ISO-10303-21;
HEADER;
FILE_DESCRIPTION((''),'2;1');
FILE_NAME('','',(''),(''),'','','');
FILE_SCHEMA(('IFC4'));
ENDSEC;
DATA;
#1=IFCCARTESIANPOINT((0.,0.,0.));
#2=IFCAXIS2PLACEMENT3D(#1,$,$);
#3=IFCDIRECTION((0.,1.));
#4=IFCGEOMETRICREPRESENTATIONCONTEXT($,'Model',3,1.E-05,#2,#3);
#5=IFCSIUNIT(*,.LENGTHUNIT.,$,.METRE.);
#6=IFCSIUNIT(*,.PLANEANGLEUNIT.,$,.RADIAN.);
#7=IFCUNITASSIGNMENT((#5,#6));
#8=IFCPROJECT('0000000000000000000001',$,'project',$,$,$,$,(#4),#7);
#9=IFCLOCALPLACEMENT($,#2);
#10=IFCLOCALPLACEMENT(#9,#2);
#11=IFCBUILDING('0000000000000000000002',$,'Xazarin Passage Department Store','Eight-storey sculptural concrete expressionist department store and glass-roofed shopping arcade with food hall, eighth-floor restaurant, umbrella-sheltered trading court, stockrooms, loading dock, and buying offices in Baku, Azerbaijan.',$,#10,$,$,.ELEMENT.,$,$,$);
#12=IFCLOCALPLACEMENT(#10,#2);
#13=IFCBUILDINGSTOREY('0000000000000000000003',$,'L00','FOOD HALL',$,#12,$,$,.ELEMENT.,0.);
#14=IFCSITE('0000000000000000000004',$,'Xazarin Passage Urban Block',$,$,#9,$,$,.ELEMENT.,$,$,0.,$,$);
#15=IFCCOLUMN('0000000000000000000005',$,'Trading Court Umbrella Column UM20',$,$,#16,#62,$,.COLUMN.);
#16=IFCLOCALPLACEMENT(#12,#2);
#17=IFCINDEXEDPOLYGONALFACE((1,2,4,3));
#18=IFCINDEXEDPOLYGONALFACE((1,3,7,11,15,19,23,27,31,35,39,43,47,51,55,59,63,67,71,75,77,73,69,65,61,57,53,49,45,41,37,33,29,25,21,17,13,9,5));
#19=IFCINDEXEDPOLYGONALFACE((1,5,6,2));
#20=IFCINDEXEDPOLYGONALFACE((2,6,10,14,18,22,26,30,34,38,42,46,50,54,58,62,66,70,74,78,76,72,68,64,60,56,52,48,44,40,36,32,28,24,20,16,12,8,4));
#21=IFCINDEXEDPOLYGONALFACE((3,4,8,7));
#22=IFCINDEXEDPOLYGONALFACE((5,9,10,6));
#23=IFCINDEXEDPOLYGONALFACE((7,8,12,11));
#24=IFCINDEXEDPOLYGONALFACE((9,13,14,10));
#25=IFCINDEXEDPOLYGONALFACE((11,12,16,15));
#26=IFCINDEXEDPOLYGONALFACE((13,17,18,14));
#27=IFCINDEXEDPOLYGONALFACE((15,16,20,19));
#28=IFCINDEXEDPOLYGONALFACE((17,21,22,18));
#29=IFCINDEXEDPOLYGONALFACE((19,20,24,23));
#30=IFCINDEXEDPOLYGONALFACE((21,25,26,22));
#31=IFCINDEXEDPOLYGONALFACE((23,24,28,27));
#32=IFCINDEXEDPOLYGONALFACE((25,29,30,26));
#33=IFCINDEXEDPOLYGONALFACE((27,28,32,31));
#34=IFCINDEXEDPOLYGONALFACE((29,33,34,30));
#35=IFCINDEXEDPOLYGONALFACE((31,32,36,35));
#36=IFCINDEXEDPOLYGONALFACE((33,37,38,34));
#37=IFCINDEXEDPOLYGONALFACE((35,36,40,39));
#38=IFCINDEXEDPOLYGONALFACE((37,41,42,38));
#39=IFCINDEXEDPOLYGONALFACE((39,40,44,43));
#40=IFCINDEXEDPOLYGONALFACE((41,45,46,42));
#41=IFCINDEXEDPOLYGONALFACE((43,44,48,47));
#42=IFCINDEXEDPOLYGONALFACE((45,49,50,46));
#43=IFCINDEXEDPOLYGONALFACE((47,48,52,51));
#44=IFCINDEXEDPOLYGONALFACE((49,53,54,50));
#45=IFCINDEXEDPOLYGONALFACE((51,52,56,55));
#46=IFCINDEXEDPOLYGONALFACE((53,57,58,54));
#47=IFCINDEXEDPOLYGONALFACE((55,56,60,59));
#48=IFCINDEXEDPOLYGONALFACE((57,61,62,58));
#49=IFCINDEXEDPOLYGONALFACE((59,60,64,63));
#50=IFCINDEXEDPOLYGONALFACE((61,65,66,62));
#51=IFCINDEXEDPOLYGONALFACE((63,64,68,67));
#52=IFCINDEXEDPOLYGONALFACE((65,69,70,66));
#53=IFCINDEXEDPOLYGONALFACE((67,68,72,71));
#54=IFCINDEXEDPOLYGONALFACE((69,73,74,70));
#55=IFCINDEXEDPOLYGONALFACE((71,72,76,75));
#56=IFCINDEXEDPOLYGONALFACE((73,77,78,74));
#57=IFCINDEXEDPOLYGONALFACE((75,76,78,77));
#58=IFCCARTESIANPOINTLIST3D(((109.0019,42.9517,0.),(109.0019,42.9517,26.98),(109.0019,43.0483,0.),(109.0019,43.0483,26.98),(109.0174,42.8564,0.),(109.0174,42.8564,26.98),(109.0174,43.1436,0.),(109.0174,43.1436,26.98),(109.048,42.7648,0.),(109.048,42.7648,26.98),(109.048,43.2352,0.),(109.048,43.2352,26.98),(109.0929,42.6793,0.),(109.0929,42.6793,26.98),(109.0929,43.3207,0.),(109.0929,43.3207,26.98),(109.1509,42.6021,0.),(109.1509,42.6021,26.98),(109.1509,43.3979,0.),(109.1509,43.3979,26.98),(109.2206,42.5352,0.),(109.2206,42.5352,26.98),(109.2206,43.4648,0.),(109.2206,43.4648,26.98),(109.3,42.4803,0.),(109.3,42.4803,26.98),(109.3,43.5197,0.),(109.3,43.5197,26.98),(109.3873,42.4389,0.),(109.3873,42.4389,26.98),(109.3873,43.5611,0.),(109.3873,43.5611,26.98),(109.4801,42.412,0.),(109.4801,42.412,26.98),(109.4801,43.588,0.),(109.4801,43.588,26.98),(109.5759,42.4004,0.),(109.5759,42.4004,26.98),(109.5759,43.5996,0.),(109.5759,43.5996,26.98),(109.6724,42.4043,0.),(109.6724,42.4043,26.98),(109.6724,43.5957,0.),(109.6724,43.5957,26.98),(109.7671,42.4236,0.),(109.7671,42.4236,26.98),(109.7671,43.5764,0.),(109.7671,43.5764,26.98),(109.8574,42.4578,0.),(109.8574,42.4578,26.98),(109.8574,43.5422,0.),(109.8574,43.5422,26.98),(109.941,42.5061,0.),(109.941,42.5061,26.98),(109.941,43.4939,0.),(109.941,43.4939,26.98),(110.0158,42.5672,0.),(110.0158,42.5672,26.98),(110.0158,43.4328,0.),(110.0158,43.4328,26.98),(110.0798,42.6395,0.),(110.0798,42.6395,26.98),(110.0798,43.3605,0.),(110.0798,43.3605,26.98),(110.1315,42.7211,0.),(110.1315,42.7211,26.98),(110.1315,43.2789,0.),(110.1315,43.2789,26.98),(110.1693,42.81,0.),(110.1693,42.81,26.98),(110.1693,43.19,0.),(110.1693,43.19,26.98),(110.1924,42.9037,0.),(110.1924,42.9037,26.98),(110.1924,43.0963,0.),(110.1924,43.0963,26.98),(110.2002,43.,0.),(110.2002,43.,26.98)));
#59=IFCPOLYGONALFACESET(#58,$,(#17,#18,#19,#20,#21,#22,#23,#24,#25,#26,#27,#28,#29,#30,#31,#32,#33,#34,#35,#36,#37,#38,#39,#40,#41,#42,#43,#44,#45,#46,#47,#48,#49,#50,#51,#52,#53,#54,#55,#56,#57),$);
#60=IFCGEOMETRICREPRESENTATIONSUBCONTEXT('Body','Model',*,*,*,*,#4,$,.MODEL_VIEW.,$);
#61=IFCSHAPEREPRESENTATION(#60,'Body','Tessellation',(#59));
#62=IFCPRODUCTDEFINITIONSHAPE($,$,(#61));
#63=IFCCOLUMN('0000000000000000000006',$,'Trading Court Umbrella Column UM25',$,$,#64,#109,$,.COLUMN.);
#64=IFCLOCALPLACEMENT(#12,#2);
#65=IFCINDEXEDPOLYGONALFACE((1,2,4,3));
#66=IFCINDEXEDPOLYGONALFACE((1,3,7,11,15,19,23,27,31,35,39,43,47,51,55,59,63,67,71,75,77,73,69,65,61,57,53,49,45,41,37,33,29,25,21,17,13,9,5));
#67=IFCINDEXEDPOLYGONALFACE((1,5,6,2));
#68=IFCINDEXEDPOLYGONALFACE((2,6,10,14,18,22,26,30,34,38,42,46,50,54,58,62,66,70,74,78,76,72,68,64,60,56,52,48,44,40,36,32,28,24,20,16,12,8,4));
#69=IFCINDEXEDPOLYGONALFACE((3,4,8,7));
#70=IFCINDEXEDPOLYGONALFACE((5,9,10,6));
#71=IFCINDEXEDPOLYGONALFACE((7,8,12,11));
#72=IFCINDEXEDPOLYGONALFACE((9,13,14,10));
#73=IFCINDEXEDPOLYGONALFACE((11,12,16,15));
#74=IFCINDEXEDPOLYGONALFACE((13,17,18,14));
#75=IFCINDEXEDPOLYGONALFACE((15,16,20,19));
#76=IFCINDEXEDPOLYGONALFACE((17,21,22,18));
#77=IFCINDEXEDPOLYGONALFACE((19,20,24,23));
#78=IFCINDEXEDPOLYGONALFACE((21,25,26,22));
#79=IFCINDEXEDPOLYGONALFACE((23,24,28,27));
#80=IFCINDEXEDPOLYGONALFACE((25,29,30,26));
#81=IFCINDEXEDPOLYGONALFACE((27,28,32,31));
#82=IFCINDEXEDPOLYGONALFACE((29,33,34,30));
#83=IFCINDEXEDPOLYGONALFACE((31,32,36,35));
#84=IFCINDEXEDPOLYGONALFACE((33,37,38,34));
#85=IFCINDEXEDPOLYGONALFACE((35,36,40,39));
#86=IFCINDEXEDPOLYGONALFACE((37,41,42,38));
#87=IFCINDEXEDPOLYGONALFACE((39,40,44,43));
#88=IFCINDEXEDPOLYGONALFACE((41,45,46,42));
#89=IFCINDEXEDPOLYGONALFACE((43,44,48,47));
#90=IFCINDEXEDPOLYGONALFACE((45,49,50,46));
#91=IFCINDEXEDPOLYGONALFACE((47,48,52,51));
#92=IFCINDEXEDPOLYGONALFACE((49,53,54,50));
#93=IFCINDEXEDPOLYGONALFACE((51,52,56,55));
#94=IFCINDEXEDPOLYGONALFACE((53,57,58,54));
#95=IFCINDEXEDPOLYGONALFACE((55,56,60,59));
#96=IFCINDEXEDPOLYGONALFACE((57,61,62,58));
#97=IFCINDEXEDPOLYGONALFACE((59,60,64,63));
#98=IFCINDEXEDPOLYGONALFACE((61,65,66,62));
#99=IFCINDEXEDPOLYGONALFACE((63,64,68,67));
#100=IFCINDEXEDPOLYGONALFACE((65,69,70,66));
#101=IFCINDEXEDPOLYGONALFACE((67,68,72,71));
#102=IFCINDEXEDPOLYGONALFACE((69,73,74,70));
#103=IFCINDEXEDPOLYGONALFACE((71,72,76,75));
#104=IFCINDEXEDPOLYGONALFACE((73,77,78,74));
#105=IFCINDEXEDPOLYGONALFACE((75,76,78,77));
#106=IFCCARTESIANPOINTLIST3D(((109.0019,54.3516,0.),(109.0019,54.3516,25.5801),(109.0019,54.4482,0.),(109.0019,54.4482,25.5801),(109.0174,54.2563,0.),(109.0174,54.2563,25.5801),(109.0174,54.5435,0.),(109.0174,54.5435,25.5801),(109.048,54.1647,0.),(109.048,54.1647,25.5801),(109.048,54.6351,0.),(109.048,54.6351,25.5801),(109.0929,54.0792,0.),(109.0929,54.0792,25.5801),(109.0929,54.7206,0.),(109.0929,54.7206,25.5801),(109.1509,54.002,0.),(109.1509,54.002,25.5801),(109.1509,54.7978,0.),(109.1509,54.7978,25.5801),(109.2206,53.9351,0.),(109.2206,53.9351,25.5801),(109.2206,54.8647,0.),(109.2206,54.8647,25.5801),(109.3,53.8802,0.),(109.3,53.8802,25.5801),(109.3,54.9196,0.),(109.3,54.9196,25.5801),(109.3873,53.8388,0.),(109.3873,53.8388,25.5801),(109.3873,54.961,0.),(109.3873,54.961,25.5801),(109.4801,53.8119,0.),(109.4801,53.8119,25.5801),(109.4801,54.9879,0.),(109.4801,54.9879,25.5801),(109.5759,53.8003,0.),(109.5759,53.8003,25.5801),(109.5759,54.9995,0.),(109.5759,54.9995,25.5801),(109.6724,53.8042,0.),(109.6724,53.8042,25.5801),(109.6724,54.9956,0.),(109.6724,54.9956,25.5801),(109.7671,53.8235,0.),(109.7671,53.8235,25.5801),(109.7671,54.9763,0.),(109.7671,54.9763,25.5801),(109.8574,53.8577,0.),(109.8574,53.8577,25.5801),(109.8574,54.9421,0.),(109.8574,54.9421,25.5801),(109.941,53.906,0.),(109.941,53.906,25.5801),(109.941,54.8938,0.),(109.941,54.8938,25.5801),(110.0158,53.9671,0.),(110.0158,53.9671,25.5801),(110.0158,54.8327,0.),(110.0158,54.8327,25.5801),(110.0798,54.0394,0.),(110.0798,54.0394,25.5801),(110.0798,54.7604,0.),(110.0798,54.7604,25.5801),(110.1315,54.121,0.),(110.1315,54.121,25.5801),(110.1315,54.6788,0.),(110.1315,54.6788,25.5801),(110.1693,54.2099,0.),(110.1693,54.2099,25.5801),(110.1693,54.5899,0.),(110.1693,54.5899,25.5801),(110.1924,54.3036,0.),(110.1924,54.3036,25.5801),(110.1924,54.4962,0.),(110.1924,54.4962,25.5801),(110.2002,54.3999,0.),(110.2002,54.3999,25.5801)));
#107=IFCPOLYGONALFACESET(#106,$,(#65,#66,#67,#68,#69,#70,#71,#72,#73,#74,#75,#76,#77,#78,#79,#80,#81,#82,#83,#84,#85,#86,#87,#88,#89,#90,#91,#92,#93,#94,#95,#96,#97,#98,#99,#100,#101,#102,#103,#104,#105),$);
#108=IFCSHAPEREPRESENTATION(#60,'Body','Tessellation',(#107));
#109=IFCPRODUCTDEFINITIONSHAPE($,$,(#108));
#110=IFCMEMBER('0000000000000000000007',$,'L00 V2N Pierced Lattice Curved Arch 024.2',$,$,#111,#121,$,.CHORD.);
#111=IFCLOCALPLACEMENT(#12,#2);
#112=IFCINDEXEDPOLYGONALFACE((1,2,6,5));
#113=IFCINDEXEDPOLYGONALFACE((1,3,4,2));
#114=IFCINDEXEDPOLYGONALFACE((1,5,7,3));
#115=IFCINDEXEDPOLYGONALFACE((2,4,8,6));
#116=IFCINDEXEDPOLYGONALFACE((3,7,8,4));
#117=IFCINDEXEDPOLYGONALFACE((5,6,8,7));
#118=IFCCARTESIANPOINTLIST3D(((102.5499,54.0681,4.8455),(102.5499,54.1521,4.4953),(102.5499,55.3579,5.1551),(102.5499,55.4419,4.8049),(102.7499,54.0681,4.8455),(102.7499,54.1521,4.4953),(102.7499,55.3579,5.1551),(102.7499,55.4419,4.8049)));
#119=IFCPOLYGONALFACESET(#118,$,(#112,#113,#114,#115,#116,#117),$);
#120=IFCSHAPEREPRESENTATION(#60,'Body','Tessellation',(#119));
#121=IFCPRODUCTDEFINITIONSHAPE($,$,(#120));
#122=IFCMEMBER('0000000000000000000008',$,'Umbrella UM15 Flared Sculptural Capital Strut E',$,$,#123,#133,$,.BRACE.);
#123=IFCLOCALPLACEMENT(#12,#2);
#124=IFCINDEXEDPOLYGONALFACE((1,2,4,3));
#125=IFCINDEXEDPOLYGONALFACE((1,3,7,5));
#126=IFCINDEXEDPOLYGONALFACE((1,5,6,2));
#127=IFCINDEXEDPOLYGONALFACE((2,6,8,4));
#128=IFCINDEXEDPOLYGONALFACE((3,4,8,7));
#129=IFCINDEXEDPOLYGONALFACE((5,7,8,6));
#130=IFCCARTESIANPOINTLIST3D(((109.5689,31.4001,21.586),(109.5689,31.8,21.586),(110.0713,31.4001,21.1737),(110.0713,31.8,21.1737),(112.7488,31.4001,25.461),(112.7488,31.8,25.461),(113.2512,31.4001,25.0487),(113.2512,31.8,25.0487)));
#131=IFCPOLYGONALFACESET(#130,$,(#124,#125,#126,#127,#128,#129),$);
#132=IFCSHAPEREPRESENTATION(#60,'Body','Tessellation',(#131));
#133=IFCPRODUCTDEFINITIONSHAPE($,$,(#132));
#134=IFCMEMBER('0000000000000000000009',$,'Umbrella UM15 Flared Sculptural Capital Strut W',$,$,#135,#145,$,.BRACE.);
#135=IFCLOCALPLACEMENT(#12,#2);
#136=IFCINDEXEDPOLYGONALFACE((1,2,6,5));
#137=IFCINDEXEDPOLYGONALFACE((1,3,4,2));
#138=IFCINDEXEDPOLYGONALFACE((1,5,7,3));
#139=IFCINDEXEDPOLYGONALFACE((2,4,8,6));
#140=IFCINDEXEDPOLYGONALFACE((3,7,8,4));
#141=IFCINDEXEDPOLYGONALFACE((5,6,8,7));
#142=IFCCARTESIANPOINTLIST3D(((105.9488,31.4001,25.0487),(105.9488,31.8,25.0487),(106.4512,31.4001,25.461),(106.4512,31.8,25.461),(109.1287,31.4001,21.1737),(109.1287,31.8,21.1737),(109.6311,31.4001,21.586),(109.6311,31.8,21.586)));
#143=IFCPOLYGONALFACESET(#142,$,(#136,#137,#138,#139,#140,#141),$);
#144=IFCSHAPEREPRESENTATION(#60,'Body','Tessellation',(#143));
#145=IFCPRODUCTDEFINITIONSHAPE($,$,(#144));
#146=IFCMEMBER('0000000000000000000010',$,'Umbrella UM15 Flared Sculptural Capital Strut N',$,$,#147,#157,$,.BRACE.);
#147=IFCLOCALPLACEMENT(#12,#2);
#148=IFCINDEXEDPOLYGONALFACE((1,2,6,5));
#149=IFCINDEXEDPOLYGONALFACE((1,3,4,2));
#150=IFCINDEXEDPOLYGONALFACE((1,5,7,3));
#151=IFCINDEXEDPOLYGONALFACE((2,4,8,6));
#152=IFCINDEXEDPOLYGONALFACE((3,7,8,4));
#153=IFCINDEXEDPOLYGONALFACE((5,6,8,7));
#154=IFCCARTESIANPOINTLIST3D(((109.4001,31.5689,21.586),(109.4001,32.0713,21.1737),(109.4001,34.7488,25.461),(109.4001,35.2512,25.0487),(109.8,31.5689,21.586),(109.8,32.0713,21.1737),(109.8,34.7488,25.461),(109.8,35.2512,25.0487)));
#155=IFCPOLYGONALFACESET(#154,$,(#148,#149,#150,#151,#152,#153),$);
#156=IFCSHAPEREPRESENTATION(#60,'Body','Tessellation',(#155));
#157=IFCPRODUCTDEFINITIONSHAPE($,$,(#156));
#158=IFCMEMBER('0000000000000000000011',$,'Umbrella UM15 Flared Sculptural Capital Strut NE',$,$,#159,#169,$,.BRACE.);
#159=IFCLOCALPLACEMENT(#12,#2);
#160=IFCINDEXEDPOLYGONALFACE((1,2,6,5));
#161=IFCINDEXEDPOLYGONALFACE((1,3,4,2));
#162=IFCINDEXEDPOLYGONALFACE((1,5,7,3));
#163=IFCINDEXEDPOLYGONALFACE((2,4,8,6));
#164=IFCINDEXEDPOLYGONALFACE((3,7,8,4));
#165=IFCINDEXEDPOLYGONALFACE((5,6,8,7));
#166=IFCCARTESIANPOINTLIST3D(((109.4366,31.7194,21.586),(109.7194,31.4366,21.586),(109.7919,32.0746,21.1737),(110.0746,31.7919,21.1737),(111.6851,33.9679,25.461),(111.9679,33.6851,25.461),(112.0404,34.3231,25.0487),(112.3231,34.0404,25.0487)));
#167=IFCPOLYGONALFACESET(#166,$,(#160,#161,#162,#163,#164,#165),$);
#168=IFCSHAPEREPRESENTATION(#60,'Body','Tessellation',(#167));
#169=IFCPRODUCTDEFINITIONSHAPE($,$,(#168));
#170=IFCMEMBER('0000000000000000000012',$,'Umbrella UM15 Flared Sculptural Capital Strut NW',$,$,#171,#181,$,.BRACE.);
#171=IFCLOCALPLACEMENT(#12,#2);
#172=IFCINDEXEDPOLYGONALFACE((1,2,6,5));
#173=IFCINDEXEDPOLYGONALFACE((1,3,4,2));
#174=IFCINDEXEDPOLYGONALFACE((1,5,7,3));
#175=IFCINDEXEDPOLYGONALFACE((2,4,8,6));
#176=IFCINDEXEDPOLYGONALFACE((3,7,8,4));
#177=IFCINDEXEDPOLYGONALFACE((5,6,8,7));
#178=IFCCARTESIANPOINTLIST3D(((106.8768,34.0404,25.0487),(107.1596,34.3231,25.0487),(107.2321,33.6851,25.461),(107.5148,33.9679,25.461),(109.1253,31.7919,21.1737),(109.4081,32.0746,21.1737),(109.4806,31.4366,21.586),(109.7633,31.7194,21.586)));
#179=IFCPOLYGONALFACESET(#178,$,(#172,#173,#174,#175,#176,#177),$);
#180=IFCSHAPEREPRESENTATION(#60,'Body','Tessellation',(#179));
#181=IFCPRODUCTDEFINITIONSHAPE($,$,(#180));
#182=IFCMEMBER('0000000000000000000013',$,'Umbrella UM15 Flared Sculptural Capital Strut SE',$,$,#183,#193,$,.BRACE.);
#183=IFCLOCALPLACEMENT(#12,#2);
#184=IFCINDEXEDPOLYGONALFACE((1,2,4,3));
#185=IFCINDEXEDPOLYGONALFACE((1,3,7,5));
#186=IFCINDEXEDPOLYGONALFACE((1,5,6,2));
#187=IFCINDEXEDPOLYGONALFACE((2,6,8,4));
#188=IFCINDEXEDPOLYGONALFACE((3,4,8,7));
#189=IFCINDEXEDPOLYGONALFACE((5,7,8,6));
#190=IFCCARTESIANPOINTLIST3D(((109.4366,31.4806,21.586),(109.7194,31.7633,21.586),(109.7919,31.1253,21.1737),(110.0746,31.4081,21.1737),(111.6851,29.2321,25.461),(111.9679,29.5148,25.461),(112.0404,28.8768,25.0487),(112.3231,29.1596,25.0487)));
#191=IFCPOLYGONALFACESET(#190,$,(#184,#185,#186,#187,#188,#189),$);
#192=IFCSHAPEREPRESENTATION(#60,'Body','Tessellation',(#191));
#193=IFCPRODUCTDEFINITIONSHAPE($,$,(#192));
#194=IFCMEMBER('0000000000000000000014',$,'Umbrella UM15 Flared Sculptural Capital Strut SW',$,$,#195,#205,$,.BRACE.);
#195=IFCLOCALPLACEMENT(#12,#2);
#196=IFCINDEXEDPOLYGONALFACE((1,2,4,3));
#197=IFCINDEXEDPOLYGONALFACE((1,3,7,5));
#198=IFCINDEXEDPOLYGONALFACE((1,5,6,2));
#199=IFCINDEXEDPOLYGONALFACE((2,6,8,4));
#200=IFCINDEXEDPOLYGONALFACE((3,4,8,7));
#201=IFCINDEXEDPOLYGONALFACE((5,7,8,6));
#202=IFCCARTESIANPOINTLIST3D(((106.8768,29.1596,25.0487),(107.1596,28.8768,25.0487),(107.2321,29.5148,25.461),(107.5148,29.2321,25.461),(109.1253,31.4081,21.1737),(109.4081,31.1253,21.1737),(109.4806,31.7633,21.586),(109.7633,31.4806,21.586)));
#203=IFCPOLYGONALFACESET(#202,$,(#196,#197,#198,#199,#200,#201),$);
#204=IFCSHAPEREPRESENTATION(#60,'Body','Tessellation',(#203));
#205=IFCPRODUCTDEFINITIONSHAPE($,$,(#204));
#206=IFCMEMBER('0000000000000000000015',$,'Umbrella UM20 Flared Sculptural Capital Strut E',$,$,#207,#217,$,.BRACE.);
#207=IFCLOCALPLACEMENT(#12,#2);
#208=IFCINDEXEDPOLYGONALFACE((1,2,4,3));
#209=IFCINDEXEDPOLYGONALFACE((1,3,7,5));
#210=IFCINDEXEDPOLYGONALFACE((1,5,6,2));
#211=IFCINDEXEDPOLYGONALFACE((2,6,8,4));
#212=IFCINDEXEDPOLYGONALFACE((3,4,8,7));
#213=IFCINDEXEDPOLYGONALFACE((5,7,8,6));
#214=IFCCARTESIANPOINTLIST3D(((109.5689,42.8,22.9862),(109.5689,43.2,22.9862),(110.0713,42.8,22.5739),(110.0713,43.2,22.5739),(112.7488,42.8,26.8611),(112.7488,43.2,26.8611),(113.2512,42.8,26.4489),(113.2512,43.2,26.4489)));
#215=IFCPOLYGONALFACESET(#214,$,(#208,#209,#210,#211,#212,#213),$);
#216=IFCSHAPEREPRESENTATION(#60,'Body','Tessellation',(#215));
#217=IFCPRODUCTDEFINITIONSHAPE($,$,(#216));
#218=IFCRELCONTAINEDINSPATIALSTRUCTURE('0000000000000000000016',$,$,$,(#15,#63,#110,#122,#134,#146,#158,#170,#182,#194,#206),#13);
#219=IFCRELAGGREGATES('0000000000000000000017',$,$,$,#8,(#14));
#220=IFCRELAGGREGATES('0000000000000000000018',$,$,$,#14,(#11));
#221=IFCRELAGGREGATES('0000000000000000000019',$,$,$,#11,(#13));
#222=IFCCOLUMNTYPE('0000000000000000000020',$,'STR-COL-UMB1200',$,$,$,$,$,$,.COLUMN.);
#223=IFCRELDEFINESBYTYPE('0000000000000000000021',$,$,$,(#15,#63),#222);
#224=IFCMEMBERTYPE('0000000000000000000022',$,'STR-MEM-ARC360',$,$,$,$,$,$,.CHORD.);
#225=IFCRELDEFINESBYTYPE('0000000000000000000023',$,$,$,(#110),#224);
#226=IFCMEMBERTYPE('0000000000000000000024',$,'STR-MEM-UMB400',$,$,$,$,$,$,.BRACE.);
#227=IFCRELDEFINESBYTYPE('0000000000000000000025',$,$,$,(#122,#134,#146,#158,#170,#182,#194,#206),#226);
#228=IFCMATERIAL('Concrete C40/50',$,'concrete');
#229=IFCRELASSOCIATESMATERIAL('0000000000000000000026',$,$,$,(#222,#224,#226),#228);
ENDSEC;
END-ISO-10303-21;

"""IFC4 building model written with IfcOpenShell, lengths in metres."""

from ifc_helpers import new_model, si_unit, direction, frame, origin, origin_2d, place, context, subcontext, project, spatial, rectangle, circle, extrude, material, material_profile, profile_set, type_object, element, save


model = new_model("IFC4")

# Units and contexts
model_context = context("Model", 3, precision=1e-05, world=origin(), true_north=direction((0.0, 1.0)))
body_context = subcontext(model_context, "Body", "Model", "MODEL_VIEW")
ifc_project = project(units=[si_unit("LENGTHUNIT", "METRE"), si_unit("PLANEANGLEUNIT", "RADIAN")], contexts=[model_context])

# Site, building, storey
site_placement = place(None, origin())
site = spatial("IfcSite", under=ifc_project, at=site_placement, Name="Xazarin Passage Urban Block", CompositionType="ELEMENT", RefElevation=0.0)
building_placement = place(site_placement, origin())
building = spatial("IfcBuilding", under=site, at=building_placement, Name="Xazarin Passage Department Store", Description="Eight-storey sculptural concrete expressionist department store and glass-roofed shopping arcade with food hall, eighth-floor restaurant, umbrella-sheltered trading court, stockrooms, loading dock, and buying offices in Baku, Azerbaijan.", CompositionType="ELEMENT")
storey_placement = place(building_placement, origin())
storey = spatial("IfcBuildingStorey", under=building, at=storey_placement, Name="L00", Description="FOOD HALL", CompositionType="ELEMENT", Elevation=0.0)

# Columns
ifc_material_1 = material(Name="Concrete C40/50", Category="concrete")
ifc_material_profile_1 = material_profile(ifc_material_1, circle(Radius=0.6001, at=origin_2d()), Name="RCD 1200")
ifc_profile_set_1 = profile_set([ifc_material_profile_1], Name="Concrete C40/50")
column_type = type_object("IfcColumnType", Name="STR-COL-UMB1200", PredefinedType="COLUMN", material=ifc_profile_set_1)
column_1_placement = place(storey_placement, frame((109.6001, 43.0, 0.0), z_axis=(0.0, 0.0, 1.0), x_axis=(1.0, 0.0, 0.0)))
element("IfcColumn", 1, at=column_1_placement, inside=storey, type_object=column_type, Name="Trading Court Umbrella Column UM20", PredefinedType="COLUMN", context=body_context, shape_type="SweptSolid", body=[
    extrude(circle(Radius=0.6001, at=origin_2d()), origin(), (0.0, 0.0, 1.0), 26.98),
])
column_2_placement = place(storey_placement, frame((109.6001, 54.3999, 0.0), z_axis=(0.0, 0.0, 1.0), x_axis=(1.0, 0.0, 0.0)))
element("IfcColumn", 2, at=column_2_placement, inside=storey, type_object=column_type, Name="Trading Court Umbrella Column UM25", PredefinedType="COLUMN", context=body_context, shape_type="SweptSolid", body=[
    extrude(circle(Radius=0.6001, at=origin_2d()), origin(), (0.0, 0.0, 1.0), 25.5801),
])

# Members
ifc_material_profile_2 = material_profile(ifc_material_1, rectangle(XDim=0.2, YDim=0.3601, at=origin_2d()), Name="RC 200x360")
ifc_profile_set_2 = profile_set([ifc_material_profile_2], Name="Concrete C40/50")
member_type_1 = type_object("IfcMemberType", Name="STR-MEM-ARC360", PredefinedType="CHORD", material=ifc_profile_set_2)
member_placement = place(storey_placement, frame((102.6499, 54.1101, 4.6704), z_axis=(0.0, 0.972384, 0.233387), x_axis=(-1.0, 0.0, 0.0)))
element("IfcMember", 3, at=member_placement, inside=storey, type_object=member_type_1, Name="L00 V2N Pierced Lattice Curved Arch 024.2", PredefinedType="CHORD", context=body_context, shape_type="SweptSolid", body=[
    extrude(rectangle(XDim=0.2, YDim=0.3601, at=origin_2d()), origin(), (0.0, 0.0, 1.0), 1.3264),
])
ifc_material_profile_3 = material_profile(ifc_material_1, rectangle(XDim=0.3999, YDim=0.6499, at=origin_2d()), Name="RC 400x650")
ifc_profile_set_3 = profile_set([ifc_material_profile_3], Name="Concrete C40/50")
member_type_2 = type_object("IfcMemberType", Name="STR-MEM-UMB400", PredefinedType="BRACE", material=ifc_profile_set_3)
for number, where, z_axis, x_axis, name in (
    (4, (109.8201, 31.6001, 21.3799), (0.63437, 0.0, 0.77303), (0.0, 1.0, 0.0), "Umbrella UM15 Flared Sculptural Capital Strut E"),
    (5, (109.3799, 31.6001, 21.3799), (-0.63437, 0.0, 0.77303), (0.0, -1.0, 0.0), "Umbrella UM15 Flared Sculptural Capital Strut W"),
    (6, (109.6001, 31.8201, 21.3799), (0.0, 0.63437, 0.77303), (-1.0, 0.0, 0.0), "Umbrella UM15 Flared Sculptural Capital Strut N"),
    (7, (109.7556, 31.7556, 21.3799), (0.448565, 0.448565, 0.773032), (-0.707107, 0.707107, 0.0), "Umbrella UM15 Flared Sculptural Capital Strut NE"),
    (8, (109.4443, 31.7556, 21.3799), (-0.448565, 0.448565, 0.773032), (-0.707107, -0.707107, 0.0), "Umbrella UM15 Flared Sculptural Capital Strut NW"),
    (9, (109.7556, 31.4443, 21.3799), (0.448565, -0.448565, 0.773032), (0.707107, 0.707107, 0.0), "Umbrella UM15 Flared Sculptural Capital Strut SE"),
    (10, (109.4443, 31.4443, 21.3799), (-0.448565, -0.448565, 0.773032), (0.707107, -0.707107, 0.0), "Umbrella UM15 Flared Sculptural Capital Strut SW"),
    (11, (109.8201, 43.0, 22.78), (0.63437, 0.0, 0.77303), (0.0, 1.0, 0.0), "Umbrella UM20 Flared Sculptural Capital Strut E"),
):
    element("IfcMember", number, at=place(storey_placement, frame(where, z_axis=z_axis, x_axis=x_axis)), inside=storey, type_object=member_type_2, Name=name, PredefinedType="BRACE", context=body_context, shape_type="SweptSolid", body=[
        extrude(rectangle(XDim=0.3999, YDim=0.6499, at=origin_2d()), origin(), (0.0, 0.0, 1.0), 5.0127),
    ])

save(model, "model.ifc")
